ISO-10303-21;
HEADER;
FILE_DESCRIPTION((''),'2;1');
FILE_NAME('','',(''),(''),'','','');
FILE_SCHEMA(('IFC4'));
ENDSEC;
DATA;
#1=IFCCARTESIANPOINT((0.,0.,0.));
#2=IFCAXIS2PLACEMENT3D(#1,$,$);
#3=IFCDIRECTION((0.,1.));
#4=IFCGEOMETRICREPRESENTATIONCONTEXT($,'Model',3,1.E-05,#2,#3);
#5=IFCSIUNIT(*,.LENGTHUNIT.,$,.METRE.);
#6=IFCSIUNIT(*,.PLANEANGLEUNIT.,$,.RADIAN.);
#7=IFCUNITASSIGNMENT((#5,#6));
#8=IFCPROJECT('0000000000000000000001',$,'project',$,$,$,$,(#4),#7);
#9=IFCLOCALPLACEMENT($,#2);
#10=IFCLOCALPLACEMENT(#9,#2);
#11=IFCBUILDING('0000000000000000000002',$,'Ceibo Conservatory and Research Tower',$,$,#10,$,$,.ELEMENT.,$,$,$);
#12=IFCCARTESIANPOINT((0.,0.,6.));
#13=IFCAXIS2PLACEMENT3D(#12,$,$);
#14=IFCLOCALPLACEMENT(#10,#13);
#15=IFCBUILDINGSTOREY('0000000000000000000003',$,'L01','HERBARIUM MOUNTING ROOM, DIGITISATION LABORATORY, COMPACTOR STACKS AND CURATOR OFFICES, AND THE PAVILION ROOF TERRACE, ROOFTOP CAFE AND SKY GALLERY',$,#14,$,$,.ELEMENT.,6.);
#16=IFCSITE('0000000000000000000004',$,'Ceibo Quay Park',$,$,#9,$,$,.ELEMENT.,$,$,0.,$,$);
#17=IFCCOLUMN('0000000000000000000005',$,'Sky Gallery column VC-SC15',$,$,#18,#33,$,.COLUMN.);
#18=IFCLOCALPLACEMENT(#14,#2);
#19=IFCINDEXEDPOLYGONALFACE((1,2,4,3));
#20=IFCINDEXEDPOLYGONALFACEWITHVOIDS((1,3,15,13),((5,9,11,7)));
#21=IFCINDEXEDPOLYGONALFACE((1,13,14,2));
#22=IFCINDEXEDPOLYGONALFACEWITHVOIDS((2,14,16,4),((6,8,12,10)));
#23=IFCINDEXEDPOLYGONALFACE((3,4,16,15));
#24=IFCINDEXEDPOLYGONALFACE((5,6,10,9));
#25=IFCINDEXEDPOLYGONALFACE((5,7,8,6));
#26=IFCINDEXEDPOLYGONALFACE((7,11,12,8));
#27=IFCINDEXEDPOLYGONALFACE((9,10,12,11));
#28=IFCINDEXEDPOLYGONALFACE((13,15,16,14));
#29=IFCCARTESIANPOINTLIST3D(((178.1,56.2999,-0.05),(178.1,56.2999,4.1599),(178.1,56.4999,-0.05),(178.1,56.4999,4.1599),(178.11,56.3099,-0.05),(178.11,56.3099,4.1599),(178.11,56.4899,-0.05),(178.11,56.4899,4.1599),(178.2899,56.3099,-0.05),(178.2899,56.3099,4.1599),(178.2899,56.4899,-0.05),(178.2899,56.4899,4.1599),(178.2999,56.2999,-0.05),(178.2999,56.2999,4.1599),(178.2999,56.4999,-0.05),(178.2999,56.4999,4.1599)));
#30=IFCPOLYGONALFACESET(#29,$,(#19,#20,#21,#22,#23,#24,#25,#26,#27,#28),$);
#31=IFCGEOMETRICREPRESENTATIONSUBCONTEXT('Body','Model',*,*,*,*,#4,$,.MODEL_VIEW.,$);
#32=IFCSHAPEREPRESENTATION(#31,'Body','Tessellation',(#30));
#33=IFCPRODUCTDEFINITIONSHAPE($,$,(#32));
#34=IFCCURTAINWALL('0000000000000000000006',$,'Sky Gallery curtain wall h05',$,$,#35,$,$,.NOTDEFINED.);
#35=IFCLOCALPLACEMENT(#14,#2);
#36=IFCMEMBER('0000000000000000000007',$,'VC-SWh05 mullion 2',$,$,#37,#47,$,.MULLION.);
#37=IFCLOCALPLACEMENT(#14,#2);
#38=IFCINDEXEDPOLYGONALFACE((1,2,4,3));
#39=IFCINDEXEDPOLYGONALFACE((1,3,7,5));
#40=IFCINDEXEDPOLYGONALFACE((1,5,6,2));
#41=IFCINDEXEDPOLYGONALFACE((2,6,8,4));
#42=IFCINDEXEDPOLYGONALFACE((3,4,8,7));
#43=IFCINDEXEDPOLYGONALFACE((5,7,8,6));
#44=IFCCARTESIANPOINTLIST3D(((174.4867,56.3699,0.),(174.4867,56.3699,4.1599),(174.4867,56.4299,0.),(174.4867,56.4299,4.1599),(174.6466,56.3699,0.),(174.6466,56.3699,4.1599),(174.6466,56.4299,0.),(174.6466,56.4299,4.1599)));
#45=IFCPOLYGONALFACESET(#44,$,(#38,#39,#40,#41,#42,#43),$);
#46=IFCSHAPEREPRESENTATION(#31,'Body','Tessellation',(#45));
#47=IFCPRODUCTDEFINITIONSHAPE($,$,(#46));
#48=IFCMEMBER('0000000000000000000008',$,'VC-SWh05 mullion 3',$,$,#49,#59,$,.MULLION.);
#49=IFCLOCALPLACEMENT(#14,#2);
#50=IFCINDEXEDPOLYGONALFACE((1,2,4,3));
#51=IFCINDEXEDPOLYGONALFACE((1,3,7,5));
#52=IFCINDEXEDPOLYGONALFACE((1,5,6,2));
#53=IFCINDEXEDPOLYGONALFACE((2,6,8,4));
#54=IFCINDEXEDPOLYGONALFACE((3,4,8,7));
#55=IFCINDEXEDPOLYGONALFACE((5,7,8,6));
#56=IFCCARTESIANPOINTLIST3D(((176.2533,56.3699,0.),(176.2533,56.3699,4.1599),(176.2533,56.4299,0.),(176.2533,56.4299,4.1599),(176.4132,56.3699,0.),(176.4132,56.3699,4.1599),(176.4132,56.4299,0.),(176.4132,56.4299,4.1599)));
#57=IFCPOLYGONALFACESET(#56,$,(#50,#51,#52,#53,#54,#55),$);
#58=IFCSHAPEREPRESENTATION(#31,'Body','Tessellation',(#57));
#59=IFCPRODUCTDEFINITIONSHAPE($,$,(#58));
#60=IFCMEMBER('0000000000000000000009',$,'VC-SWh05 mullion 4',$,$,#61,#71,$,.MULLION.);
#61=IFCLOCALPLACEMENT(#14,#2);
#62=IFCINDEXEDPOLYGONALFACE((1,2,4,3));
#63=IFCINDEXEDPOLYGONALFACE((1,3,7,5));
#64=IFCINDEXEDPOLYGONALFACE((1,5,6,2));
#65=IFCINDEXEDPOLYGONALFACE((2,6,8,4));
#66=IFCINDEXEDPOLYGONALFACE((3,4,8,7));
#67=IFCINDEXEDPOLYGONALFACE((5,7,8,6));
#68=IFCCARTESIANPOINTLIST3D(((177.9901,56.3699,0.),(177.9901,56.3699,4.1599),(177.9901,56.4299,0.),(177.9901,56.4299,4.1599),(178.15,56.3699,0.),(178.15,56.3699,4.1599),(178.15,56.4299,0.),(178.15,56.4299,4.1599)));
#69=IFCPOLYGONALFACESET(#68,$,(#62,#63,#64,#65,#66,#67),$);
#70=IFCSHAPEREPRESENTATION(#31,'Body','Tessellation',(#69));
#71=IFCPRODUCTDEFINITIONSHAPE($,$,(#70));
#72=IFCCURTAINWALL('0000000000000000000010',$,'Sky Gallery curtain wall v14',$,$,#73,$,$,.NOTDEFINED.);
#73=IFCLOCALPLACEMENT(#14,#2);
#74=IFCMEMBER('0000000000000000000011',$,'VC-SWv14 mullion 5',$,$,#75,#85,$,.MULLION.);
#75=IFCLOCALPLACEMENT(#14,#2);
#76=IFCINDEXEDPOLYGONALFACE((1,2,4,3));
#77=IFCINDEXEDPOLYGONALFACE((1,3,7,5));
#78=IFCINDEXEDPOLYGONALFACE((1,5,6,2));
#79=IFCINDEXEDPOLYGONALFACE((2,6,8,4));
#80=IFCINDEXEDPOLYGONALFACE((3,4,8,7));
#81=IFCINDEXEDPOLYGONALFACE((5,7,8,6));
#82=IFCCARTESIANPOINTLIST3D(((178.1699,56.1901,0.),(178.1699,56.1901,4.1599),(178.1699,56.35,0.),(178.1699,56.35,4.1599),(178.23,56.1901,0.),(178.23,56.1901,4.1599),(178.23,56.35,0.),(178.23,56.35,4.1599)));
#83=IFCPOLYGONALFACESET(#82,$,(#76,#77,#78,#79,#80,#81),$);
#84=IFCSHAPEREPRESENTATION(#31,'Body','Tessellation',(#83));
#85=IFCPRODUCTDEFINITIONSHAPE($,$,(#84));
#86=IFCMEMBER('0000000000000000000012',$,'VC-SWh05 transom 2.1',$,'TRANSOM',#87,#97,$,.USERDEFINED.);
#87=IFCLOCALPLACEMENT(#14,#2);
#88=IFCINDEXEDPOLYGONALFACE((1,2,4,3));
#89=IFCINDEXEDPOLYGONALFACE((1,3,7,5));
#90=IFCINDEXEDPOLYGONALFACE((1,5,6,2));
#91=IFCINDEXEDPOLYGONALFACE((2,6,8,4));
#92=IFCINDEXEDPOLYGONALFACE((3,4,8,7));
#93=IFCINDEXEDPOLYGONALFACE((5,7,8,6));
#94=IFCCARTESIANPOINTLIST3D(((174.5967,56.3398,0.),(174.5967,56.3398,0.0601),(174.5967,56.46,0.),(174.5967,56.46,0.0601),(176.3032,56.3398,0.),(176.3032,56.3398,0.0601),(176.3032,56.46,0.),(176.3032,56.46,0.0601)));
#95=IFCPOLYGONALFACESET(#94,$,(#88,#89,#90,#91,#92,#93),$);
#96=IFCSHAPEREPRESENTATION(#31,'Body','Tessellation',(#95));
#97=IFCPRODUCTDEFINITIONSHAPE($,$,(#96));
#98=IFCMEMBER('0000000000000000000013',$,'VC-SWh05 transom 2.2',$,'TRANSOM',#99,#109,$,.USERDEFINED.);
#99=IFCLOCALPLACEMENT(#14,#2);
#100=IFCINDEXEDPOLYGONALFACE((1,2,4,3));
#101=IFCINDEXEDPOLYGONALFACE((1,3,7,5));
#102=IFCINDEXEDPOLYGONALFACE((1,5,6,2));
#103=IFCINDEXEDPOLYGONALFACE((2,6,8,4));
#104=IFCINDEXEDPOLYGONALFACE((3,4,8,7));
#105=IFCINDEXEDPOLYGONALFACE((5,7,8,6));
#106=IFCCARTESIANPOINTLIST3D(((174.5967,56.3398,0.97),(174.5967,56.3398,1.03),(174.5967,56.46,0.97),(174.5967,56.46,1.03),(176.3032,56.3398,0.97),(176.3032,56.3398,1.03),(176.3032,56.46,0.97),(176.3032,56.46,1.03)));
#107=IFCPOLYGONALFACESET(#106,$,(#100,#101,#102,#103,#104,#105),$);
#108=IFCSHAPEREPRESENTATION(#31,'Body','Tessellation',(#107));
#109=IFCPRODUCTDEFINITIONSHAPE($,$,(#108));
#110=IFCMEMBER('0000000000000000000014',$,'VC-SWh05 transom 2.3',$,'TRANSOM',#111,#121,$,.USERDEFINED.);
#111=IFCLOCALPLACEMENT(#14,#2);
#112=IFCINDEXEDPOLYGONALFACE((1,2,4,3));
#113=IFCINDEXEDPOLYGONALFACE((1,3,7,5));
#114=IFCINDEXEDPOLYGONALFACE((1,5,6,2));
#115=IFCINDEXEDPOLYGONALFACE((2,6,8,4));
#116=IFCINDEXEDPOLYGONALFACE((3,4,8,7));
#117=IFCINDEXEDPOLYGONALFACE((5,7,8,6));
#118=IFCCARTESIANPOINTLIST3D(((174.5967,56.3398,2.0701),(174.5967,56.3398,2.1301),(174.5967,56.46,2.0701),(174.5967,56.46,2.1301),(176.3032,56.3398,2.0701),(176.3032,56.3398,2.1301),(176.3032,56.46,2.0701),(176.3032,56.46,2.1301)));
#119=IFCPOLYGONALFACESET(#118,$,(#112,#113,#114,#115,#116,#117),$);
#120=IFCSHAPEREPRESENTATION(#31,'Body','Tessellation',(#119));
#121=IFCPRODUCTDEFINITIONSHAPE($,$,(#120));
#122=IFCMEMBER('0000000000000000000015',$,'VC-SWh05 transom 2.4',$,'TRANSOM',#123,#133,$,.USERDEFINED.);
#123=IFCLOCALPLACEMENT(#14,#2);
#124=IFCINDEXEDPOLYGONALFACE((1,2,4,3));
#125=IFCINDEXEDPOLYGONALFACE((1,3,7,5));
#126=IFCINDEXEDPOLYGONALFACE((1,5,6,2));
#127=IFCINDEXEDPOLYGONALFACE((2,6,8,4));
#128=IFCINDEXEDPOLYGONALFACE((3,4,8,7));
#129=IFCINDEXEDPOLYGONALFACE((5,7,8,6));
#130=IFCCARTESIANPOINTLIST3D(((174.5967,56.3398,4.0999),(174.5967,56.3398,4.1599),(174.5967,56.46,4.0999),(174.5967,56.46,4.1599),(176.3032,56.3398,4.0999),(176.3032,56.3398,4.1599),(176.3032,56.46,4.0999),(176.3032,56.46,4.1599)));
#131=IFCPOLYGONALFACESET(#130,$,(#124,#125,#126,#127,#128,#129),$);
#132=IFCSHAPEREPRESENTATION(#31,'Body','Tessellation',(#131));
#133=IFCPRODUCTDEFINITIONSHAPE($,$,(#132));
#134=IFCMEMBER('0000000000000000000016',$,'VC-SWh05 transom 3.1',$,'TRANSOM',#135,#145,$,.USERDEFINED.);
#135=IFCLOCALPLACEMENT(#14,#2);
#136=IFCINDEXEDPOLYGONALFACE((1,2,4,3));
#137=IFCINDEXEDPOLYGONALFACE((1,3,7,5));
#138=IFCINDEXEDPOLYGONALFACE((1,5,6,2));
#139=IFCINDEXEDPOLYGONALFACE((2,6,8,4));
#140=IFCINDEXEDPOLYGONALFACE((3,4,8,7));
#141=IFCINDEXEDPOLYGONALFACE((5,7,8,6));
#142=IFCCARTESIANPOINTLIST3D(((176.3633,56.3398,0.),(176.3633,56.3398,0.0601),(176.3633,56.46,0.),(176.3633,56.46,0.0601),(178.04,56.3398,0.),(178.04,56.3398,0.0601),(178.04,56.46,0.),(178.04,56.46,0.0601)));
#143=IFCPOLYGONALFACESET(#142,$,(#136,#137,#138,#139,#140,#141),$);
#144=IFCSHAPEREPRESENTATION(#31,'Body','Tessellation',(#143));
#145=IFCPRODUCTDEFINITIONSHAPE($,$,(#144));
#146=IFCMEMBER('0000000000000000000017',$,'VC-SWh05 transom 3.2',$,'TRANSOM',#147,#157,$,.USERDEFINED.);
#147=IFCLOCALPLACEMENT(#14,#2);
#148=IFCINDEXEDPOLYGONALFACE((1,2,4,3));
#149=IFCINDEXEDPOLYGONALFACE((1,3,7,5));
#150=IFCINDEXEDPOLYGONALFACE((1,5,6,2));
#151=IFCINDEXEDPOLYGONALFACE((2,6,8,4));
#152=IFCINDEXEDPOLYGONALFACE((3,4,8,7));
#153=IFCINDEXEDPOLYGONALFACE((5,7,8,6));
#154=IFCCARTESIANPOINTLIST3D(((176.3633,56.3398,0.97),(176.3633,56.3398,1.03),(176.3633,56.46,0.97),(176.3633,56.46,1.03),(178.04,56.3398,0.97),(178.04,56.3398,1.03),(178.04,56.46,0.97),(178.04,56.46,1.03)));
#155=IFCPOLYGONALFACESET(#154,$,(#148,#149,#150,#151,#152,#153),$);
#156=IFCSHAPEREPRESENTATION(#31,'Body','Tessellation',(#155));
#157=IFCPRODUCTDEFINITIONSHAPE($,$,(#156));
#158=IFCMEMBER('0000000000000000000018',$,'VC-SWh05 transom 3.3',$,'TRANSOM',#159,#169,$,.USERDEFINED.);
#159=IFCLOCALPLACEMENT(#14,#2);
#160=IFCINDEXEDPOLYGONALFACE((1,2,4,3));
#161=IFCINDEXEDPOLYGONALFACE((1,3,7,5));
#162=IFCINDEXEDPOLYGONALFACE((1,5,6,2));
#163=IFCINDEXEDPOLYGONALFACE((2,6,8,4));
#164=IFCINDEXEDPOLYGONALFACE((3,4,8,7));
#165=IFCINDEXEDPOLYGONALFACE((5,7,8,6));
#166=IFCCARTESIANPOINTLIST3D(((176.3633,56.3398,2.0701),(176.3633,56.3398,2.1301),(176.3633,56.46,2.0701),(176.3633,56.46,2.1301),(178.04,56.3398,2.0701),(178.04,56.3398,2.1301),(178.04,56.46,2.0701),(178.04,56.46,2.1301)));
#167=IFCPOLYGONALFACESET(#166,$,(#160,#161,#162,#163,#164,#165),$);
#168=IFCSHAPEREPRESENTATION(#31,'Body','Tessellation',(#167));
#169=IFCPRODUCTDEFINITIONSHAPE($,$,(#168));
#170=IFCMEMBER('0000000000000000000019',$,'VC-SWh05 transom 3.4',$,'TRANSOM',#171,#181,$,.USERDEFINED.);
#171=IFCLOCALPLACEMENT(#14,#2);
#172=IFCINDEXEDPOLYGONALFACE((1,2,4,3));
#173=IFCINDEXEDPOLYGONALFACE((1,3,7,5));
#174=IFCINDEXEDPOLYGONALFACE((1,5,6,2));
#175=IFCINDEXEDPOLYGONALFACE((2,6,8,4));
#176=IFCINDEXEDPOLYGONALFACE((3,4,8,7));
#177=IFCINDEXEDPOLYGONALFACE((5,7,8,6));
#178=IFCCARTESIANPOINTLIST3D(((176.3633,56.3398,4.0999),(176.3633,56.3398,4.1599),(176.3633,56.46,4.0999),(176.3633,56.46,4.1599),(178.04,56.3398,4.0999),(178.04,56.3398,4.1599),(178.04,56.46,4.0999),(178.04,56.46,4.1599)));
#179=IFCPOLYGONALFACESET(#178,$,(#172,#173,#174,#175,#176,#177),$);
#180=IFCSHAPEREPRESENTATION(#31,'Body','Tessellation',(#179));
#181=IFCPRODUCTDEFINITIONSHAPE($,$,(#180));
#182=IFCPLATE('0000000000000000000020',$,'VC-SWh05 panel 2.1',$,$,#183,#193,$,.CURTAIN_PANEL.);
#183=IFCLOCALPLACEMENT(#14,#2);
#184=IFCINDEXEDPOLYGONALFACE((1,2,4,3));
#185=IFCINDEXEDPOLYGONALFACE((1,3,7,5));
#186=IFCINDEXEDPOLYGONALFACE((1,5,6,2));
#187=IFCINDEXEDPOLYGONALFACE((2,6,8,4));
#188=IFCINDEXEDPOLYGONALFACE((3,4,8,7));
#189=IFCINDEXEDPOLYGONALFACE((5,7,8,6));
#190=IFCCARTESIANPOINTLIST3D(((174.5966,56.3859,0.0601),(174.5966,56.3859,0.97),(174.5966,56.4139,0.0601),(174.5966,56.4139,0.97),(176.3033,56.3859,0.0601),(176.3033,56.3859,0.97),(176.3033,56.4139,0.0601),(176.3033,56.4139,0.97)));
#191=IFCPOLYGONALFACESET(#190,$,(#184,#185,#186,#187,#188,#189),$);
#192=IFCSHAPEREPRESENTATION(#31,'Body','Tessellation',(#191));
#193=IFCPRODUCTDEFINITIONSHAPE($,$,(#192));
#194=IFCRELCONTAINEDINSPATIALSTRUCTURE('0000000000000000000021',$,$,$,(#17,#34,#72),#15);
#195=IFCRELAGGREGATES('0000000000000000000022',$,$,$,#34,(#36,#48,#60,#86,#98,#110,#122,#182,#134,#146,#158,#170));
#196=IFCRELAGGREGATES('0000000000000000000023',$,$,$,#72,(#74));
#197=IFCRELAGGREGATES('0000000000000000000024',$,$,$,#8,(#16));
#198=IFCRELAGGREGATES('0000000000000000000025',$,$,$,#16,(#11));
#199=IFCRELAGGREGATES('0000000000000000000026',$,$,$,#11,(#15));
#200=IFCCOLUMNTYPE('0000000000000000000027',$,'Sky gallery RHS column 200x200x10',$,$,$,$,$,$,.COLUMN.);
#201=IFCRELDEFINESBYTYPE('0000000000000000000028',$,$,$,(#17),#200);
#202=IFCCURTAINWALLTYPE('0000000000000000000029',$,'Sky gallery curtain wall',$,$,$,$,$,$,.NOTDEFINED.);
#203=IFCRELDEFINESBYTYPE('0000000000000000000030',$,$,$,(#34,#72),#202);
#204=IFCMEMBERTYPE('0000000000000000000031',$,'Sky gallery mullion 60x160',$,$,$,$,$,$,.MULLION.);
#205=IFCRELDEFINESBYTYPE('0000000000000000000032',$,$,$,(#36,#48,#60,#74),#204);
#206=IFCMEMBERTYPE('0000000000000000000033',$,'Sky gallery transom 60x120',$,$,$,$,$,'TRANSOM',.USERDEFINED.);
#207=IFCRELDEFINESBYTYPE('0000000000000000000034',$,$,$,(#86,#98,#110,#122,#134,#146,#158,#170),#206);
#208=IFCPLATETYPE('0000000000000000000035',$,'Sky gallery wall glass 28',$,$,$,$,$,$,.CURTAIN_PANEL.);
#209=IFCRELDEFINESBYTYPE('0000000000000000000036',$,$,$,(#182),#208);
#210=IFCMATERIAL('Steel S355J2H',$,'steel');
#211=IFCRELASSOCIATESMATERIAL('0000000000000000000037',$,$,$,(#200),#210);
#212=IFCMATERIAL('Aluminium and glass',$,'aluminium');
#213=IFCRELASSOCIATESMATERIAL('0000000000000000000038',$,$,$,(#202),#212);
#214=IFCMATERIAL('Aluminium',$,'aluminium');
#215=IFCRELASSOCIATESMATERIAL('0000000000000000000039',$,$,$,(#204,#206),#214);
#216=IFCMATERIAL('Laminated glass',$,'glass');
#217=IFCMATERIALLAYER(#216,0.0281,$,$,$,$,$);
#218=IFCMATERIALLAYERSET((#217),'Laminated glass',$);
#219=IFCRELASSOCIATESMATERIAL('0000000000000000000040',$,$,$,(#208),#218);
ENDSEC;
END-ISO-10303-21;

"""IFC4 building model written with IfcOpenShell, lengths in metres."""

from ifc_helpers import new_model, si_unit, direction, frame, origin, origin_2d, place, context, subcontext, project, spatial, rectangle, hollow_rectangle, extrude, material, layer, layer_set, material_profile, profile_set, type_object, element, aggregate, save


model = new_model("IFC4")

# Units and contexts
model_context = context("Model", 3, precision=1e-05, world=origin(), true_north=direction((0.0, 1.0)))
body_context = subcontext(model_context, "Body", "Model", "MODEL_VIEW")
ifc_project = project(units=[si_unit("LENGTHUNIT", "METRE"), si_unit("PLANEANGLEUNIT", "RADIAN")], contexts=[model_context])

# Site, building, storey
site_placement = place(None, origin())
site = spatial("IfcSite", under=ifc_project, at=site_placement, Name="Ceibo Quay Park", CompositionType="ELEMENT", RefElevation=0.0)
building_placement = place(site_placement, origin())
building = spatial("IfcBuilding", under=site, at=building_placement, Name="Ceibo Conservatory and Research Tower", CompositionType="ELEMENT")
storey_placement = place(building_placement, frame((0.0, 0.0, 6.0)))
storey = spatial("IfcBuildingStorey", under=building, at=storey_placement, Name="L01", Description="HERBARIUM MOUNTING ROOM, DIGITISATION LABORATORY, COMPACTOR STACKS AND CURATOR OFFICES, AND THE PAVILION ROOF TERRACE, ROOFTOP CAFE AND SKY GALLERY", CompositionType="ELEMENT", Elevation=6.0)

# Column
ifc_material_1 = material(Name="Steel S355J2H", Category="steel")
ifc_material_profile_1 = material_profile(ifc_material_1, hollow_rectangle(XDim=0.2, YDim=0.2, WallThickness=0.01, at=origin_2d()), Name="Sky gallery RHS column 200x200x10")
ifc_profile_set_1 = profile_set([ifc_material_profile_1], Name="Steel S355J2H")
column_type = type_object("IfcColumnType", Name="Sky gallery RHS column 200x200x10", PredefinedType="COLUMN", material=ifc_profile_set_1)
column_placement = place(storey_placement, frame((178.2, 56.3999, -0.05), z_axis=(0.0, 0.0, 1.0), x_axis=(1.0, 0.0, 0.0)))
element("IfcColumn", 1, at=column_placement, inside=storey, type_object=column_type, Name="Sky Gallery column VC-SC15", PredefinedType="COLUMN", context=body_context, shape_type="SweptSolid", body=[
    extrude(hollow_rectangle(XDim=0.2, YDim=0.2, WallThickness=0.01, at=origin_2d()), origin(), (0.0, 0.0, 1.0), 4.21),
])

# Curtain wall, members
ifc_material_2 = material(Name="Aluminium and glass", Category="aluminium")
curtain_wall_type = type_object("IfcCurtainWallType", Name="Sky gallery curtain wall", PredefinedType="NOTDEFINED", material=ifc_material_2)
curtain_wall_1_placement = place(storey_placement, origin())
curtain_wall_1 = element("IfcCurtainWall", 2, at=curtain_wall_1_placement, inside=storey, type_object=curtain_wall_type, Name="Sky Gallery curtain wall h05", PredefinedType="NOTDEFINED")
ifc_material_3 = material(Name="Aluminium", Category="aluminium")
ifc_material_profile_2 = material_profile(ifc_material_3, rectangle(XDim=0.0601, YDim=0.1599, at=origin_2d()), Name="AL 60x160")
ifc_profile_set_2 = profile_set([ifc_material_profile_2], Name="Aluminium")
member_type_1 = type_object("IfcMemberType", Name="Sky gallery mullion 60x160", PredefinedType="MULLION", material=ifc_profile_set_2)
member_1_placement = place(storey_placement, frame((174.5667, 56.3999, 0.0), z_axis=(0.0, 0.0, 1.0), x_axis=(0.0, 1.0, 0.0)))
member_1 = element("IfcMember", 3, at=member_1_placement, type_object=member_type_1, Name="VC-SWh05 mullion 2", PredefinedType="MULLION", context=body_context, shape_type="SweptSolid", body=[
    extrude(rectangle(XDim=0.0601, YDim=0.1599, at=origin_2d()), origin(), (0.0, 0.0, 1.0), 4.1599),
])
member_2_placement = place(storey_placement, frame((176.3333, 56.3999, 0.0), z_axis=(0.0, 0.0, 1.0), x_axis=(0.0, 1.0, 0.0)))
member_2 = element("IfcMember", 4, at=member_2_placement, type_object=member_type_1, Name="VC-SWh05 mullion 3", PredefinedType="MULLION", context=body_context, shape_type="SweptSolid", body=[
    extrude(rectangle(XDim=0.0601, YDim=0.1599, at=origin_2d()), origin(), (0.0, 0.0, 1.0), 4.1599),
])
member_3_placement = place(storey_placement, frame((178.0701, 56.3999, 0.0), z_axis=(0.0, 0.0, 1.0), x_axis=(0.0, 1.0, 0.0)))
member_3 = element("IfcMember", 5, at=member_3_placement, type_object=member_type_1, Name="VC-SWh05 mullion 4", PredefinedType="MULLION", context=body_context, shape_type="SweptSolid", body=[
    extrude(rectangle(XDim=0.0601, YDim=0.1599, at=origin_2d()), origin(), (0.0, 0.0, 1.0), 4.1599),
])

# Curtain wall, member
curtain_wall_2_placement = place(storey_placement, origin())
curtain_wall_2 = element("IfcCurtainWall", 6, at=curtain_wall_2_placement, inside=storey, type_object=curtain_wall_type, Name="Sky Gallery curtain wall v14", PredefinedType="NOTDEFINED")
member_4_placement = place(storey_placement, frame((178.2, 56.27, 0.0), z_axis=(0.0, 0.0, 1.0), x_axis=(-1.0, 0.0, 0.0)))
member_4 = element("IfcMember", 7, at=member_4_placement, type_object=member_type_1, Name="VC-SWv14 mullion 5", PredefinedType="MULLION", context=body_context, shape_type="SweptSolid", body=[
    extrude(rectangle(XDim=0.0601, YDim=0.1599, at=origin_2d()), origin(), (0.0, 0.0, 1.0), 4.1599),
])

# Members
ifc_material_profile_3 = material_profile(ifc_material_3, rectangle(XDim=0.1201, YDim=0.0601, at=origin_2d()), Name="AL 60x120")
ifc_profile_set_3 = profile_set([ifc_material_profile_3], Name="Aluminium")
member_type_2 = type_object("IfcMemberType", Name="Sky gallery transom 60x120", ElementType="TRANSOM", PredefinedType="USERDEFINED", material=ifc_profile_set_3)
member_5_placement = place(storey_placement, frame((174.5967, 56.3999, 0.03), z_axis=(1.0, 0.0, 0.0), x_axis=(0.0, 1.0, 0.0)))
member_5 = element("IfcMember", 8, at=member_5_placement, type_object=member_type_2, Name="VC-SWh05 transom 2.1", ObjectType="TRANSOM", PredefinedType="USERDEFINED", context=body_context, shape_type="SweptSolid", body=[
    extrude(rectangle(XDim=0.1201, YDim=0.0601, at=origin_2d()), origin(), (0.0, 0.0, 1.0), 1.7065),
])
member_6_placement = place(storey_placement, frame((174.5967, 56.3999, 1.0), z_axis=(1.0, 0.0, 0.0), x_axis=(0.0, 1.0, 0.0)))
member_6 = element("IfcMember", 9, at=member_6_placement, type_object=member_type_2, Name="VC-SWh05 transom 2.2", ObjectType="TRANSOM", PredefinedType="USERDEFINED", context=body_context, shape_type="SweptSolid", body=[
    extrude(rectangle(XDim=0.1201, YDim=0.0601, at=origin_2d()), origin(), (0.0, 0.0, 1.0), 1.7065),
])
member_7_placement = place(storey_placement, frame((174.5967, 56.3999, 2.1001), z_axis=(1.0, 0.0, 0.0), x_axis=(0.0, 1.0, 0.0)))
member_7 = element("IfcMember", 10, at=member_7_placement, type_object=member_type_2, Name="VC-SWh05 transom 2.3", ObjectType="TRANSOM", PredefinedType="USERDEFINED", context=body_context, shape_type="SweptSolid", body=[
    extrude(rectangle(XDim=0.1201, YDim=0.0601, at=origin_2d()), origin(), (0.0, 0.0, 1.0), 1.7065),
])
member_8_placement = place(storey_placement, frame((174.5967, 56.3999, 4.1299), z_axis=(1.0, 0.0, 0.0), x_axis=(0.0, 1.0, 0.0)))
member_8 = element("IfcMember", 11, at=member_8_placement, type_object=member_type_2, Name="VC-SWh05 transom 2.4", ObjectType="TRANSOM", PredefinedType="USERDEFINED", context=body_context, shape_type="SweptSolid", body=[
    extrude(rectangle(XDim=0.1201, YDim=0.0601, at=origin_2d()), origin(), (0.0, 0.0, 1.0), 1.7065),
])
member_9_placement = place(storey_placement, frame((176.3633, 56.3999, 0.03), z_axis=(1.0, 0.0, 0.0), x_axis=(0.0, 1.0, 0.0)))
member_9 = element("IfcMember", 12, at=member_9_placement, type_object=member_type_2, Name="VC-SWh05 transom 3.1", ObjectType="TRANSOM", PredefinedType="USERDEFINED", context=body_context, shape_type="SweptSolid", body=[
    extrude(rectangle(XDim=0.1201, YDim=0.0601, at=origin_2d()), origin(), (0.0, 0.0, 1.0), 1.6768),
])
member_10_placement = place(storey_placement, frame((176.3633, 56.3999, 1.0), z_axis=(1.0, 0.0, 0.0), x_axis=(0.0, 1.0, 0.0)))
member_10 = element("IfcMember", 13, at=member_10_placement, type_object=member_type_2, Name="VC-SWh05 transom 3.2", ObjectType="TRANSOM", PredefinedType="USERDEFINED", context=body_context, shape_type="SweptSolid", body=[
    extrude(rectangle(XDim=0.1201, YDim=0.0601, at=origin_2d()), origin(), (0.0, 0.0, 1.0), 1.6768),
])
member_11_placement = place(storey_placement, frame((176.3633, 56.3999, 2.1001), z_axis=(1.0, 0.0, 0.0), x_axis=(0.0, 1.0, 0.0)))
member_11 = element("IfcMember", 14, at=member_11_placement, type_object=member_type_2, Name="VC-SWh05 transom 3.3", ObjectType="TRANSOM", PredefinedType="USERDEFINED", context=body_context, shape_type="SweptSolid", body=[
    extrude(rectangle(XDim=0.1201, YDim=0.0601, at=origin_2d()), origin(), (0.0, 0.0, 1.0), 1.6768),
])
member_12_placement = place(storey_placement, frame((176.3633, 56.3999, 4.1299), z_axis=(1.0, 0.0, 0.0), x_axis=(0.0, 1.0, 0.0)))
member_12 = element("IfcMember", 15, at=member_12_placement, type_object=member_type_2, Name="VC-SWh05 transom 3.4", ObjectType="TRANSOM", PredefinedType="USERDEFINED", context=body_context, shape_type="SweptSolid", body=[
    extrude(rectangle(XDim=0.1201, YDim=0.0601, at=origin_2d()), origin(), (0.0, 0.0, 1.0), 1.6768),
])

# Plate
ifc_material_4 = material(Name="Laminated glass", Category="glass")
ifc_layer_1 = layer(ifc_material_4, 0.0281)
ifc_layer_set_1 = layer_set([ifc_layer_1], Name="Laminated glass")
plate_type = type_object("IfcPlateType", Name="Sky gallery wall glass 28", PredefinedType="CURTAIN_PANEL", material=ifc_layer_set_1)
plate_1_placement = place(storey_placement, frame((175.45, 56.3999, 0.0601), z_axis=(0.0, 0.0, 1.0), x_axis=(1.0, 0.0, 0.0)))
plate_1 = element("IfcPlate", 16, at=plate_1_placement, type_object=plate_type, Name="VC-SWh05 panel 2.1", PredefinedType="CURTAIN_PANEL", context=body_context, shape_type="SweptSolid", body=[
    extrude(rectangle(XDim=1.7068, YDim=0.0281, at=origin_2d()), origin(), (0.0, 0.0, 1.0), 0.9099),
])
aggregate(curtain_wall_1, [member_1, member_2, member_3, member_5, member_6, member_7, member_8, plate_1, member_9, member_10, member_11, member_12])
aggregate(curtain_wall_2, [member_4])

save(model, "model.ifc")
